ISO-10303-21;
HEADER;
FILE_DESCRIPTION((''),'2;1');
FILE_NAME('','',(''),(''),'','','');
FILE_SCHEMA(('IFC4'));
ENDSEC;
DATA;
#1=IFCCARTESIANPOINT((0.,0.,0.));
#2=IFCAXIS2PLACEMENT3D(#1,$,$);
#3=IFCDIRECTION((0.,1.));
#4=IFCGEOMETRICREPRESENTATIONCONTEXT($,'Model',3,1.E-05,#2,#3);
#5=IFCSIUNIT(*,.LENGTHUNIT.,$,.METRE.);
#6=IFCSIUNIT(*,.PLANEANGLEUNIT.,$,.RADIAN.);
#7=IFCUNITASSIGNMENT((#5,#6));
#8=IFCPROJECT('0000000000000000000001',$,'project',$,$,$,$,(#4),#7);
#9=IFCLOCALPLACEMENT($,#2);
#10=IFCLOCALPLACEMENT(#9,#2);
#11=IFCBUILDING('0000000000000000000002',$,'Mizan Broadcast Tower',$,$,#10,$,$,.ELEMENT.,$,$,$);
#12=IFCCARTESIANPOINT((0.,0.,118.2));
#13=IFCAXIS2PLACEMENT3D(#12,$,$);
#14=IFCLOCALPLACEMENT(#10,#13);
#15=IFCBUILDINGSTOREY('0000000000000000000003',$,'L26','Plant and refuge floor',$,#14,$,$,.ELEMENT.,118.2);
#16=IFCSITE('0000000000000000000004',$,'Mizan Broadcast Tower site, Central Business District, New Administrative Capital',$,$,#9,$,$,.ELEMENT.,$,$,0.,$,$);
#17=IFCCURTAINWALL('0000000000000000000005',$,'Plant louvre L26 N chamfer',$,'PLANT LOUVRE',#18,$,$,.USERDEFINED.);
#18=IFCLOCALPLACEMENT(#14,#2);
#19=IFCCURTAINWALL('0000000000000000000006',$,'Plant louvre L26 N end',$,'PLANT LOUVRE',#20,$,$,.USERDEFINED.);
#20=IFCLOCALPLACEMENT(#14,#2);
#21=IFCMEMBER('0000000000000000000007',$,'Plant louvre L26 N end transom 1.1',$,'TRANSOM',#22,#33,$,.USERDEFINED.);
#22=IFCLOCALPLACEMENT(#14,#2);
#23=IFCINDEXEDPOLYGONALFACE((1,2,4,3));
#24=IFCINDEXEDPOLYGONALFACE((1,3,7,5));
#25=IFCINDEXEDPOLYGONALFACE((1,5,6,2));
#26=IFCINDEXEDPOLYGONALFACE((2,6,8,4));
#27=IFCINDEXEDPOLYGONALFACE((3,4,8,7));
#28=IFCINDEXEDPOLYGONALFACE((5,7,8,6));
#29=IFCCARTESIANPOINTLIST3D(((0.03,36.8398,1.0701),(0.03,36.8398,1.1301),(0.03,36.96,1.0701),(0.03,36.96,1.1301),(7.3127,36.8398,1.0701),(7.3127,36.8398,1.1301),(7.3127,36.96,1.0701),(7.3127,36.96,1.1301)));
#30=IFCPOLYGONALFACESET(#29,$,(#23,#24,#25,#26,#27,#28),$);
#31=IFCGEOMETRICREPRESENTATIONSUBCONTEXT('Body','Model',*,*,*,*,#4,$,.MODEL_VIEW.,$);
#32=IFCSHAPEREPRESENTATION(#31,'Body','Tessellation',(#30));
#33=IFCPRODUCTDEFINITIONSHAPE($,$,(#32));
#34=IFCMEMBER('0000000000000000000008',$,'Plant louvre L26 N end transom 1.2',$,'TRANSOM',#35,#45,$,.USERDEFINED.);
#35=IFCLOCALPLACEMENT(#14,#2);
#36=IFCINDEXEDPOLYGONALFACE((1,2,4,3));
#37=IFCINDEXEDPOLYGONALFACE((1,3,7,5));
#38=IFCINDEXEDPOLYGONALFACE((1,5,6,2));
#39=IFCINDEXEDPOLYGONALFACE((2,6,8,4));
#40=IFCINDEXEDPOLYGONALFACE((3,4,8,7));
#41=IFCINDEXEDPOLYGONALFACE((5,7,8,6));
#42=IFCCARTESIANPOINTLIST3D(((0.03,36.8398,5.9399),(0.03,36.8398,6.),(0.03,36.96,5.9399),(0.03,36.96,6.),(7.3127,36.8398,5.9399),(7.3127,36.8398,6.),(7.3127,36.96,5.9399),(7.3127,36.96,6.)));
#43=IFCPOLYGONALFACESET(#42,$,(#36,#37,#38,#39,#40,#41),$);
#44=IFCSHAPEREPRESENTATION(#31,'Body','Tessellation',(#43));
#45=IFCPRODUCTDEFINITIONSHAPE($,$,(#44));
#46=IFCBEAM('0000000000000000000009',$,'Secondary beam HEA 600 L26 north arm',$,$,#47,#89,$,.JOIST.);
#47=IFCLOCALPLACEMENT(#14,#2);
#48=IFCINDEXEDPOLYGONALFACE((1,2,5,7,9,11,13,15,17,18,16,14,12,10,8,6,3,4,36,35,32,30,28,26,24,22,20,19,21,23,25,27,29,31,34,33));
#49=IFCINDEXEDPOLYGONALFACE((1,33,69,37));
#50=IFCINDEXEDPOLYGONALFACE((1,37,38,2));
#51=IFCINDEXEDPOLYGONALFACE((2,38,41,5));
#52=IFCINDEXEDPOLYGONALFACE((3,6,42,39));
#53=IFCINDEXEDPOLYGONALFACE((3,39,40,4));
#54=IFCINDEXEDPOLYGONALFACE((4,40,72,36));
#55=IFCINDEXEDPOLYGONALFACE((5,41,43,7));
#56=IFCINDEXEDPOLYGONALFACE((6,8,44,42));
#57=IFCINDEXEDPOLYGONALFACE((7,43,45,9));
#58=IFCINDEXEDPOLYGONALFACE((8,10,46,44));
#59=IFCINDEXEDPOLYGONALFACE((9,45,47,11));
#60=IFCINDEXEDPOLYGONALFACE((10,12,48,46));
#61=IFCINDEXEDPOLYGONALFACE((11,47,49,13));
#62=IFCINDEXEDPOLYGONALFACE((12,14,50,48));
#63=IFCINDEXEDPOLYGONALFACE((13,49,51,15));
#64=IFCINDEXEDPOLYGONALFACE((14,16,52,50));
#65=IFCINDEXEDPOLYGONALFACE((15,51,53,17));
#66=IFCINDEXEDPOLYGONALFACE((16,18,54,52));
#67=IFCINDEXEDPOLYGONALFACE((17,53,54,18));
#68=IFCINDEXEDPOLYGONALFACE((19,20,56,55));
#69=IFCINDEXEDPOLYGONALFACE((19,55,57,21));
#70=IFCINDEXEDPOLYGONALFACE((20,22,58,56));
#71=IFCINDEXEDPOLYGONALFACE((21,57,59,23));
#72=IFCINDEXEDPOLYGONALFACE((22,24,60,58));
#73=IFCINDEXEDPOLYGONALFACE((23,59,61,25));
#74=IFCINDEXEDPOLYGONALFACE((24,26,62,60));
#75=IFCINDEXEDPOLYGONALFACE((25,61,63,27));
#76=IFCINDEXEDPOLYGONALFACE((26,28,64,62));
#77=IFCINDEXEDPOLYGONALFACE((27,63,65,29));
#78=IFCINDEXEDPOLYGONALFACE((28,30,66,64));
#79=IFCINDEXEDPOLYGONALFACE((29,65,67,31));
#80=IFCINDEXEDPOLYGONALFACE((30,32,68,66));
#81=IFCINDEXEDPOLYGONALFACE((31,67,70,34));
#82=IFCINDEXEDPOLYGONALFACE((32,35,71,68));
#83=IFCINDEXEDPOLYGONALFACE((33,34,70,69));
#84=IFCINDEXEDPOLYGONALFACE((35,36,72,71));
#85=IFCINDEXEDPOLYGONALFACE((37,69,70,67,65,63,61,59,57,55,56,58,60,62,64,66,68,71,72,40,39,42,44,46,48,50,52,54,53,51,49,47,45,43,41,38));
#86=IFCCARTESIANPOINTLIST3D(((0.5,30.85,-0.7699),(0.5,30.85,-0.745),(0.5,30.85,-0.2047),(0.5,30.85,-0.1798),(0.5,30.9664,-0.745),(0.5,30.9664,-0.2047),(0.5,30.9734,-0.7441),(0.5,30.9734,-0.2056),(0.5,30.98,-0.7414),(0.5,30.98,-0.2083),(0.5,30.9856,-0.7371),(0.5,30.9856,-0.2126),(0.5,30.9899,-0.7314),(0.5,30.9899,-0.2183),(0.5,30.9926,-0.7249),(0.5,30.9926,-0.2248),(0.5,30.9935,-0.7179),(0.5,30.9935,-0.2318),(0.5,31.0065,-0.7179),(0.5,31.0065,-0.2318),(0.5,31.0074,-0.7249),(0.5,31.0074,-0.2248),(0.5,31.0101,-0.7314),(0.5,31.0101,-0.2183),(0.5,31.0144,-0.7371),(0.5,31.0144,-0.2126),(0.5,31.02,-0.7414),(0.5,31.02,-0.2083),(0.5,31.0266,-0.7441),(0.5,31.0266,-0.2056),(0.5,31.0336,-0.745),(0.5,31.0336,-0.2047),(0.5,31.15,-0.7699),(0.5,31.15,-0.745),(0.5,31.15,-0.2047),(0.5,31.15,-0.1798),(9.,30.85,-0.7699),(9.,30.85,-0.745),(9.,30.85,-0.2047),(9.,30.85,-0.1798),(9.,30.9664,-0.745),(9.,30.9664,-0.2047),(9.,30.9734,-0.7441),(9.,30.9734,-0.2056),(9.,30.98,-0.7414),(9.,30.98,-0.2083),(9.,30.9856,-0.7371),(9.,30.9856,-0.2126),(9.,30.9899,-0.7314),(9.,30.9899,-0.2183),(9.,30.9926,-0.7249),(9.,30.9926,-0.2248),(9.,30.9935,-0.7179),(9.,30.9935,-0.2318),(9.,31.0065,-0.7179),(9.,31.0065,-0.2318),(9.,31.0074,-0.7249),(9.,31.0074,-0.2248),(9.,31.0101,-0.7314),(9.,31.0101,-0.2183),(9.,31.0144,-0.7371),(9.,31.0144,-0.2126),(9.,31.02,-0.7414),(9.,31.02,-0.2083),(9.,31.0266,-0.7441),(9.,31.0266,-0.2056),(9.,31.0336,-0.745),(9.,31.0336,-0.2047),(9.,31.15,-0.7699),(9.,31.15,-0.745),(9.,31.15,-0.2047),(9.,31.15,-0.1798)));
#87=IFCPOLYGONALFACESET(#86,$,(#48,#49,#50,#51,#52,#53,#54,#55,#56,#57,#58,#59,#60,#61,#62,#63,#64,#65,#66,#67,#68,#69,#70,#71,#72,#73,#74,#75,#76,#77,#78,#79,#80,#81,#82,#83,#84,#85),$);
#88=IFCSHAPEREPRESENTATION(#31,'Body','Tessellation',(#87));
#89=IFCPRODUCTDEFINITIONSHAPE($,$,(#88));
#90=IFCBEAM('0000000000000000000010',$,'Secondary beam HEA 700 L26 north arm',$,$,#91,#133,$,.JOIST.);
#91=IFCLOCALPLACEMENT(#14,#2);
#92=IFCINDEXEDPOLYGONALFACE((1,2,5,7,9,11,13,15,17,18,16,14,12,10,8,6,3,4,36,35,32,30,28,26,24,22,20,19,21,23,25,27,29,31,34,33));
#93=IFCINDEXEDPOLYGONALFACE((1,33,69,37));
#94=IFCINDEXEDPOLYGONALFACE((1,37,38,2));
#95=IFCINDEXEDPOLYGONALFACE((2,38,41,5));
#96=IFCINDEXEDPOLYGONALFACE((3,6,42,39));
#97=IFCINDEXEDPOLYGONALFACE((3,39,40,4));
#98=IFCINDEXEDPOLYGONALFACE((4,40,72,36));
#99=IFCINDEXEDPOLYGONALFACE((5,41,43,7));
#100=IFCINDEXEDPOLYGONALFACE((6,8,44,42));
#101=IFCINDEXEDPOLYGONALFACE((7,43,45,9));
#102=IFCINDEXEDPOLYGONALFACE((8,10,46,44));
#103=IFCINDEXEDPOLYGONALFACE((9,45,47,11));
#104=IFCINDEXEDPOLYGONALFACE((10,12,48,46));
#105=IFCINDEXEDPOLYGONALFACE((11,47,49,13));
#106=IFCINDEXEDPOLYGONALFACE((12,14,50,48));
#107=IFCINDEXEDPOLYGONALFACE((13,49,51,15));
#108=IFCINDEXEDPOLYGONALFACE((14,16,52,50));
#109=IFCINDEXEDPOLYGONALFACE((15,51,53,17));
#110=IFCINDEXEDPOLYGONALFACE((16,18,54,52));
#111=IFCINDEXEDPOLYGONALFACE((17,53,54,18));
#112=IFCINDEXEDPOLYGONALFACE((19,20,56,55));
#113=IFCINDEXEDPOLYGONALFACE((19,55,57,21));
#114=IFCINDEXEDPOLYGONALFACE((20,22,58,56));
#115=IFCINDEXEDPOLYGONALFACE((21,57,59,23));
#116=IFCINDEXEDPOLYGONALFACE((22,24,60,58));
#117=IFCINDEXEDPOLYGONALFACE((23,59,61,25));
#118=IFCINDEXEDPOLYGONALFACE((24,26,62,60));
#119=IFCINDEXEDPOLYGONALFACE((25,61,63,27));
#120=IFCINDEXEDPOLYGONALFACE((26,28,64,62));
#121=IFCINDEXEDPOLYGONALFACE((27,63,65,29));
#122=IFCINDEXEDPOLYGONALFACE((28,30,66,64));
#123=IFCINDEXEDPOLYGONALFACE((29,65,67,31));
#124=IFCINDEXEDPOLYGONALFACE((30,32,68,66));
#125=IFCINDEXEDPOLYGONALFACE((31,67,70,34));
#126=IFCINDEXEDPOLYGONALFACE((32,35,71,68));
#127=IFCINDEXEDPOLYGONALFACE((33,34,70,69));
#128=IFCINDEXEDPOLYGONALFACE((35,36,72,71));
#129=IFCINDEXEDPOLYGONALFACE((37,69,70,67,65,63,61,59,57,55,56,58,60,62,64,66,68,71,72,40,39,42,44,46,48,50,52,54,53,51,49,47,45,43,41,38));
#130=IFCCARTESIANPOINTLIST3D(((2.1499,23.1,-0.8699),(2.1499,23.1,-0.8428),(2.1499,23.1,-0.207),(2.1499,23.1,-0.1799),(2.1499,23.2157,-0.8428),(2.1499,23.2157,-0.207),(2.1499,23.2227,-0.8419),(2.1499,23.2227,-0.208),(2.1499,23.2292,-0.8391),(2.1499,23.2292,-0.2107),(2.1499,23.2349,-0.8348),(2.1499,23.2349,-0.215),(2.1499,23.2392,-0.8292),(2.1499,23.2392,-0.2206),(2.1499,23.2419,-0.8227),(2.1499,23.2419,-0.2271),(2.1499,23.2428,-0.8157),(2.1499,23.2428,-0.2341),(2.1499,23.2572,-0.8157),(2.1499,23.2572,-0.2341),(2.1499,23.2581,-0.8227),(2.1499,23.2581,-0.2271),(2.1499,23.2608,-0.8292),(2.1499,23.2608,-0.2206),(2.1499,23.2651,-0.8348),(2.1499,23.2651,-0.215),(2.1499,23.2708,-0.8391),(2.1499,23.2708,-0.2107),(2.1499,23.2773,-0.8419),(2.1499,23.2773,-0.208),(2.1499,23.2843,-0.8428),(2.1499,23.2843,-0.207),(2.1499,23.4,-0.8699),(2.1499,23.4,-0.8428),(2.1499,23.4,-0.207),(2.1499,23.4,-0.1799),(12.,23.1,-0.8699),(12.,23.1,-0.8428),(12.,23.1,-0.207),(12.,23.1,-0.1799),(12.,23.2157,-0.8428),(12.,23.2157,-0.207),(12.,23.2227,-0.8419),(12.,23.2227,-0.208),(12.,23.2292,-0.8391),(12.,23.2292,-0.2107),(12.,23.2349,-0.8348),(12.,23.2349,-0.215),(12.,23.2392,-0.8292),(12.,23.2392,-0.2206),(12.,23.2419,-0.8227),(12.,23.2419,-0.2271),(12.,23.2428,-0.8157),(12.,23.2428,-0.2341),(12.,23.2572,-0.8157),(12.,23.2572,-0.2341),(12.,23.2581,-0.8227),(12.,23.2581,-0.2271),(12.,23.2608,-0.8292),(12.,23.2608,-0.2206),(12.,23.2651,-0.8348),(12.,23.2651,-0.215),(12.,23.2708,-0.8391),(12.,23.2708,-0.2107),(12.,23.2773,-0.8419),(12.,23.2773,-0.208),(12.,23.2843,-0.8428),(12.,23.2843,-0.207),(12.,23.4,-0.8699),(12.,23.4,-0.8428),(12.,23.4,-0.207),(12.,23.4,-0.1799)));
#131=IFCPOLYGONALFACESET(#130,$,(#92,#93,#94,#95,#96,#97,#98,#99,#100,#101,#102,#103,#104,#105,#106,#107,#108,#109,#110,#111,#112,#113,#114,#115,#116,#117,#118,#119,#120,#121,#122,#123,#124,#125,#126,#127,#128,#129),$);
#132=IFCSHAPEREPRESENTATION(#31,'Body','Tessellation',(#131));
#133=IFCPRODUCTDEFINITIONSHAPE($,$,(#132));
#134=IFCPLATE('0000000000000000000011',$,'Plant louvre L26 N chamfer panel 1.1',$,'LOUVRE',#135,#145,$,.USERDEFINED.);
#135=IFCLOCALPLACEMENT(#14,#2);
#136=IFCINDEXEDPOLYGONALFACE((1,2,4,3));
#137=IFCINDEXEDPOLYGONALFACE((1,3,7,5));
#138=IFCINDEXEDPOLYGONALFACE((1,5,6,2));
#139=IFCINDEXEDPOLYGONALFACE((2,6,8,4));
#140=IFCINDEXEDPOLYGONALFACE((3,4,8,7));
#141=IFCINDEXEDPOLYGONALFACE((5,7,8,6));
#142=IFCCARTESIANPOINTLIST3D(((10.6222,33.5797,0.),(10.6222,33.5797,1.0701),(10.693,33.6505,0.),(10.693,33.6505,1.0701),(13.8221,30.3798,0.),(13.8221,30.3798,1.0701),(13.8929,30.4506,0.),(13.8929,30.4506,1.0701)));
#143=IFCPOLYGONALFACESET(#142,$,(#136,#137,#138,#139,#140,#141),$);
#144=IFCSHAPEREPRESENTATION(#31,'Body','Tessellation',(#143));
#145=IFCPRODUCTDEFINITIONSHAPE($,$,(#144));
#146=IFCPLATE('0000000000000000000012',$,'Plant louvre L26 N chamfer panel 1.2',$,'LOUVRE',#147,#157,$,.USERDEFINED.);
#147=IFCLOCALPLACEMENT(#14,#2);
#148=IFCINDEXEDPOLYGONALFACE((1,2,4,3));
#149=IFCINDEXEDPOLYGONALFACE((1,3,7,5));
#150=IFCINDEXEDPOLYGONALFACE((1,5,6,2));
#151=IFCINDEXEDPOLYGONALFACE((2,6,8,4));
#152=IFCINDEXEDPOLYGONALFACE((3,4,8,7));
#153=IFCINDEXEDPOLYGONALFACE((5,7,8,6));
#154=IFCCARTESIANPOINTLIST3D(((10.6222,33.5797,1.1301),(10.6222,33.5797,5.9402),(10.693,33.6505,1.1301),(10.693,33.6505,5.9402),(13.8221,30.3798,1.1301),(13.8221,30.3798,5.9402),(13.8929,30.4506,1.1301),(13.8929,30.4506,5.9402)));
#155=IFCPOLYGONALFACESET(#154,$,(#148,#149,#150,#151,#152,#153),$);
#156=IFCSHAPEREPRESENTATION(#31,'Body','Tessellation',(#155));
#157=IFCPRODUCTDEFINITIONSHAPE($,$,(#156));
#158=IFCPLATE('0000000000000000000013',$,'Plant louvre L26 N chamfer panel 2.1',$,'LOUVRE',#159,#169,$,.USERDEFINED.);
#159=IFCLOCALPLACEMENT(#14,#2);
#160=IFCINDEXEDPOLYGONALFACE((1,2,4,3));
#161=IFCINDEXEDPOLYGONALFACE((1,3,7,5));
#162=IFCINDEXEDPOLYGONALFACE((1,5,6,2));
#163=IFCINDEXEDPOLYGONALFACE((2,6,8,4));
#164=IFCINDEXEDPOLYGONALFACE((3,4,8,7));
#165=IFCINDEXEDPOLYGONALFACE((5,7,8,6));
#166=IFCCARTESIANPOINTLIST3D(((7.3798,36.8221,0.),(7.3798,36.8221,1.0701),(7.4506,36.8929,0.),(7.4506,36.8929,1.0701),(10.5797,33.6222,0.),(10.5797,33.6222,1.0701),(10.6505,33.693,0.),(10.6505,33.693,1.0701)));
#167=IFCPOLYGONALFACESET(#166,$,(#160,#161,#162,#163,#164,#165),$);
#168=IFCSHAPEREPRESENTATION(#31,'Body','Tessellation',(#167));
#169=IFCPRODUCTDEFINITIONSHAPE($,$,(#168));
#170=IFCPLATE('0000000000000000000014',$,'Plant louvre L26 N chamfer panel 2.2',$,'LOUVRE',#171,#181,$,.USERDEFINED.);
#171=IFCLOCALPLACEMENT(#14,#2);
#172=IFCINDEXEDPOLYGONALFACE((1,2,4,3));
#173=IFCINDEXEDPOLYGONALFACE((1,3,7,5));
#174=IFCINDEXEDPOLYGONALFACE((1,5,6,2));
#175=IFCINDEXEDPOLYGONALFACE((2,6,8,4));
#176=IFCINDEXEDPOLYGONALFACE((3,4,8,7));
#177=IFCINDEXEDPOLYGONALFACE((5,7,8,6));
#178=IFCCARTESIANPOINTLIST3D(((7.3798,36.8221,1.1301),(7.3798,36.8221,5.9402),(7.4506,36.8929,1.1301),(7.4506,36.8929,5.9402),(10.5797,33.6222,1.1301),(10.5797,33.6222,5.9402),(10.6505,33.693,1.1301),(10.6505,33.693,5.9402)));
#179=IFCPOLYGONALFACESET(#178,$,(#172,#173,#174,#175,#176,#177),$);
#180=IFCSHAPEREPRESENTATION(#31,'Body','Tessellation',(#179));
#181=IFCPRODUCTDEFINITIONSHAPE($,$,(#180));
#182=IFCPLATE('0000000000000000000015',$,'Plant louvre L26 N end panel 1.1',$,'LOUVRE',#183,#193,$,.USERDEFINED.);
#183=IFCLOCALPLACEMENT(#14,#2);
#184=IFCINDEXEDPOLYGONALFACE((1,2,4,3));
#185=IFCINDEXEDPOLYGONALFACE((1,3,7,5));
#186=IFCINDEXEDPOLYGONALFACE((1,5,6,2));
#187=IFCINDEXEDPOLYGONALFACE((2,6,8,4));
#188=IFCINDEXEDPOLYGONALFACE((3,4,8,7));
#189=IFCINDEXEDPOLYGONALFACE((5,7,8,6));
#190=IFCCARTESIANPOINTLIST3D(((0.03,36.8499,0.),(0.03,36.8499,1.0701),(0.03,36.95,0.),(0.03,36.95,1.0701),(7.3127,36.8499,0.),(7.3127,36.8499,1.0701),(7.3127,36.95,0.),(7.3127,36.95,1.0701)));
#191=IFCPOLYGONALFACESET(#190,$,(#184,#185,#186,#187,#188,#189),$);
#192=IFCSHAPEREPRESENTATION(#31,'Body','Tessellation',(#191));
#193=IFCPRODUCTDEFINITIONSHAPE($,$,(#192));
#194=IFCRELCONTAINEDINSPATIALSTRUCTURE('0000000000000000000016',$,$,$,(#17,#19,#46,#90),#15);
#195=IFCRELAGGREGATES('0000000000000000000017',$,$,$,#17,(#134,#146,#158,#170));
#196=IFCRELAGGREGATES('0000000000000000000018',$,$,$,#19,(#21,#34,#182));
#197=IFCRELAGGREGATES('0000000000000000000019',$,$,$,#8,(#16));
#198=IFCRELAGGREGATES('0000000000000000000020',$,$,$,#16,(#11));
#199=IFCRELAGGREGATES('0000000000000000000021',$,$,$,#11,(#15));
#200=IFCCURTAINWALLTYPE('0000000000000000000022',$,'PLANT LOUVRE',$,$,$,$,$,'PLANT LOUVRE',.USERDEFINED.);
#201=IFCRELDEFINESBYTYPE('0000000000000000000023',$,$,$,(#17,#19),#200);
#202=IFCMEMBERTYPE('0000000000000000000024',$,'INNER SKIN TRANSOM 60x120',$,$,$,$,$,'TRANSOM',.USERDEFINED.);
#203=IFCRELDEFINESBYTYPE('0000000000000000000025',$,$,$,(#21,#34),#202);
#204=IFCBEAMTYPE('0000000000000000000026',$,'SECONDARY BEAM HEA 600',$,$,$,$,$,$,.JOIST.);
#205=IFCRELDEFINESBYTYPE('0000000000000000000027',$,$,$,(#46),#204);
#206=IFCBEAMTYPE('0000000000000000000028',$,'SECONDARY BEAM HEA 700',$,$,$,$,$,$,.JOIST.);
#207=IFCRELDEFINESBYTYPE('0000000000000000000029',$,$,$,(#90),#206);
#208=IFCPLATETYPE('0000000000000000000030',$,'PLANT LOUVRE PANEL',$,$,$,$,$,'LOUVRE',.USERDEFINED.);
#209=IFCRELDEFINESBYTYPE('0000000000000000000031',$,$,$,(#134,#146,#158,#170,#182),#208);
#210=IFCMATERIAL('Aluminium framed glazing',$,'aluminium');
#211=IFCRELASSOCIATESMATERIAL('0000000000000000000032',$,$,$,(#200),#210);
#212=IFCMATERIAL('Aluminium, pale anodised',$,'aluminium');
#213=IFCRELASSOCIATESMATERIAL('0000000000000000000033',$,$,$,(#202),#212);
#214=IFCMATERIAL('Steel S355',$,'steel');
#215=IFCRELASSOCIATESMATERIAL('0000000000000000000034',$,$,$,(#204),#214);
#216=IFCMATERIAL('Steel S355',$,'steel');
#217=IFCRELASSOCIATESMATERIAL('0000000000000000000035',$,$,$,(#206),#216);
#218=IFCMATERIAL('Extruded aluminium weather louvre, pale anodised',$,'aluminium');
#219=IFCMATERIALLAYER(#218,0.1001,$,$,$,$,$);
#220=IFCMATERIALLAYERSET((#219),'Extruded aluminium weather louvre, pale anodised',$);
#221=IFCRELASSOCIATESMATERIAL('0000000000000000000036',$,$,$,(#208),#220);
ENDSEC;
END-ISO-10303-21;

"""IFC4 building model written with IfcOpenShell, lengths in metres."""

from ifc_helpers import new_model, si_unit, direction, frame, origin, origin_2d, place, context, subcontext, project, spatial, rectangle, i_section, extrude, material, layer, layer_set, material_profile, profile_set, type_object, element, aggregate, save


model = new_model("IFC4")

# Units and contexts
model_context = context("Model", 3, precision=1e-05, world=origin(), true_north=direction((0.0, 1.0)))
body_context = subcontext(model_context, "Body", "Model", "MODEL_VIEW")
ifc_project = project(units=[si_unit("LENGTHUNIT", "METRE"), si_unit("PLANEANGLEUNIT", "RADIAN")], contexts=[model_context])

# Site, building, storey
site_placement = place(None, origin())
site = spatial("IfcSite", under=ifc_project, at=site_placement, Name="Mizan Broadcast Tower site, Central Business District, New Administrative Capital", CompositionType="ELEMENT", RefElevation=0.0)
building_placement = place(site_placement, origin())
building = spatial("IfcBuilding", under=site, at=building_placement, Name="Mizan Broadcast Tower", CompositionType="ELEMENT")
storey_placement = place(building_placement, frame((0.0, 0.0, 118.2)))
storey = spatial("IfcBuildingStorey", under=building, at=storey_placement, Name="L26", Description="Plant and refuge floor", CompositionType="ELEMENT", Elevation=118.2)

# Shared definitions
ifc_material_1 = material(Name="Aluminium framed glazing", Category="aluminium")
curtain_wall_type = type_object("IfcCurtainWallType", Name="PLANT LOUVRE", ElementType="PLANT LOUVRE", PredefinedType="USERDEFINED", material=ifc_material_1)

# Curtain wall
curtain_wall_1_placement = place(storey_placement, origin())
curtain_wall_1 = element("IfcCurtainWall", 1, at=curtain_wall_1_placement, inside=storey, type_object=curtain_wall_type, Name="Plant louvre L26 N chamfer", ObjectType="PLANT LOUVRE", PredefinedType="USERDEFINED")

# Curtain wall
curtain_wall_2_placement = place(storey_placement, origin())
curtain_wall_2 = element("IfcCurtainWall", 2, at=curtain_wall_2_placement, inside=storey, type_object=curtain_wall_type, Name="Plant louvre L26 N end", ObjectType="PLANT LOUVRE", PredefinedType="USERDEFINED")

# Members
ifc_material_2 = material(Name="Aluminium, pale anodised", Category="aluminium")
ifc_material_profile_1 = material_profile(ifc_material_2, rectangle(XDim=0.1201, YDim=0.0601, at=origin_2d()), Name="TRANSOM 120x60")
ifc_profile_set_1 = profile_set([ifc_material_profile_1], Name="Aluminium, pale anodised")
member_type_1 = type_object("IfcMemberType", Name="INNER SKIN TRANSOM 60x120", ElementType="TRANSOM", PredefinedType="USERDEFINED", material=ifc_profile_set_1)
member_1_placement = place(storey_placement, frame((7.3127, 36.8999, 1.1001), z_axis=(-1.0, 0.0, 0.0), x_axis=(0.0, -1.0, 0.0)))
member_1 = element("IfcMember", 3, at=member_1_placement, type_object=member_type_1, Name="Plant louvre L26 N end transom 1.1", ObjectType="TRANSOM", PredefinedType="USERDEFINED", context=body_context, shape_type="SweptSolid", body=[
    extrude(rectangle(XDim=0.1201, YDim=0.0601, at=origin_2d()), origin(), (0.0, 0.0, 1.0), 7.2827),
])
member_2_placement = place(storey_placement, frame((7.3127, 36.8999, 5.97), z_axis=(-1.0, 0.0, 0.0), x_axis=(0.0, -1.0, 0.0)))
member_2 = element("IfcMember", 4, at=member_2_placement, type_object=member_type_1, Name="Plant louvre L26 N end transom 1.2", ObjectType="TRANSOM", PredefinedType="USERDEFINED", context=body_context, shape_type="SweptSolid", body=[
    extrude(rectangle(XDim=0.1201, YDim=0.0601, at=origin_2d()), origin(), (0.0, 0.0, 1.0), 7.2827),
])

# Beams
ifc_material_3 = material(Name="Steel S355", Category="steel")
ifc_material_profile_2 = material_profile(ifc_material_3, i_section(OverallWidth=0.3, OverallDepth=0.5901, WebThickness=0.0129, FlangeThickness=0.0249, FilletRadius=0.0271, at=origin_2d()), Name="HEA 600")
ifc_profile_set_2 = profile_set([ifc_material_profile_2], Name="Steel S355")
beam_type_1 = type_object("IfcBeamType", Name="SECONDARY BEAM HEA 600", PredefinedType="JOIST", material=ifc_profile_set_2)
beam_1_placement = place(storey_placement, frame((9.0, 31.0, -0.4749), z_axis=(-1.0, 0.0, 0.0), x_axis=(0.0, -1.0, 0.0)))
element("IfcBeam", 5, at=beam_1_placement, inside=storey, type_object=beam_type_1, Name="Secondary beam HEA 600 L26 north arm", PredefinedType="JOIST", context=body_context, shape_type="SweptSolid", body=[
    extrude(i_section(OverallWidth=0.3, OverallDepth=0.5901, WebThickness=0.0129, FlangeThickness=0.0249, FilletRadius=0.0271, at=origin_2d()), origin(), (0.0, 0.0, 1.0), 8.5),
])
ifc_material_4 = material(Name="Steel S355", Category="steel")
ifc_material_profile_3 = material_profile(ifc_material_4, i_section(OverallWidth=0.3, OverallDepth=0.6899, WebThickness=0.0144, FlangeThickness=0.0271, FilletRadius=0.0271, at=origin_2d()), Name="HEA 700")
ifc_profile_set_3 = profile_set([ifc_material_profile_3], Name="Steel S355")
beam_type_2 = type_object("IfcBeamType", Name="SECONDARY BEAM HEA 700", PredefinedType="JOIST", material=ifc_profile_set_3)
beam_2_placement = place(storey_placement, frame((12.0, 23.25, -0.5249), z_axis=(-1.0, 0.0, 0.0), x_axis=(0.0, -1.0, 0.0)))
element("IfcBeam", 6, at=beam_2_placement, inside=storey, type_object=beam_type_2, Name="Secondary beam HEA 700 L26 north arm", PredefinedType="JOIST", context=body_context, shape_type="SweptSolid", body=[
    extrude(i_section(OverallWidth=0.3, OverallDepth=0.6899, WebThickness=0.0144, FlangeThickness=0.0271, FilletRadius=0.0271, at=origin_2d()), origin(), (0.0, 0.0, 1.0), 9.8501),
])

# Plates
ifc_material_5 = material(Name="Extruded aluminium weather louvre, pale anodised", Category="aluminium")
ifc_layer = layer(ifc_material_5, 0.1001)
ifc_layer_set = layer_set([ifc_layer], Name="Extruded aluminium weather louvre, pale anodised")
plate_type = type_object("IfcPlateType", Name="PLANT LOUVRE PANEL", ElementType="LOUVRE", PredefinedType="USERDEFINED", material=ifc_layer_set)
plate_1_placement = place(storey_placement, frame((12.2576, 32.0151, 0.0), z_axis=(0.0, 0.0, 1.0), x_axis=(-0.707107, 0.707107, 0.0)))
plate_1 = element("IfcPlate", 7, at=plate_1_placement, type_object=plate_type, Name="Plant louvre L26 N chamfer panel 1.1", ObjectType="LOUVRE", PredefinedType="USERDEFINED", context=body_context, shape_type="SweptSolid", body=[
    extrude(rectangle(XDim=4.5254, YDim=0.1001, at=origin_2d()), origin(), (0.0, 0.0, 1.0), 1.0701),
])
plate_2_placement = place(storey_placement, frame((12.2576, 32.0151, 1.1301), z_axis=(0.0, 0.0, 1.0), x_axis=(-0.707107, 0.707107, 0.0)))
plate_2 = element("IfcPlate", 8, at=plate_2_placement, type_object=plate_type, Name="Plant louvre L26 N chamfer panel 1.2", ObjectType="LOUVRE", PredefinedType="USERDEFINED", context=body_context, shape_type="SweptSolid", body=[
    extrude(rectangle(XDim=4.5254, YDim=0.1001, at=origin_2d()), origin(), (0.0, 0.0, 1.0), 4.8101),
])
plate_3_placement = place(storey_placement, frame((9.0151, 35.2576, 0.0), z_axis=(0.0, 0.0, 1.0), x_axis=(-0.707107, 0.707107, 0.0)))
plate_3 = element("IfcPlate", 9, at=plate_3_placement, type_object=plate_type, Name="Plant louvre L26 N chamfer panel 2.1", ObjectType="LOUVRE", PredefinedType="USERDEFINED", context=body_context, shape_type="SweptSolid", body=[
    extrude(rectangle(XDim=4.5254, YDim=0.1001, at=origin_2d()), origin(), (0.0, 0.0, 1.0), 1.0701),
])
plate_4_placement = place(storey_placement, frame((9.0151, 35.2576, 1.1301), z_axis=(0.0, 0.0, 1.0), x_axis=(-0.707107, 0.707107, 0.0)))
plate_4 = element("IfcPlate", 10, at=plate_4_placement, type_object=plate_type, Name="Plant louvre L26 N chamfer panel 2.2", ObjectType="LOUVRE", PredefinedType="USERDEFINED", context=body_context, shape_type="SweptSolid", body=[
    extrude(rectangle(XDim=4.5254, YDim=0.1001, at=origin_2d()), origin(), (0.0, 0.0, 1.0), 4.8101),
])
aggregate(curtain_wall_1, [plate_1, plate_2, plate_3, plate_4])
plate_5_placement = place(storey_placement, frame((3.6714, 36.8999, 0.0), z_axis=(0.0, 0.0, 1.0), x_axis=(-1.0, 0.0, 0.0)))
plate_5 = element("IfcPlate", 11, at=plate_5_placement, type_object=plate_type, Name="Plant louvre L26 N end panel 1.1", ObjectType="LOUVRE", PredefinedType="USERDEFINED", context=body_context, shape_type="SweptSolid", body=[
    extrude(rectangle(XDim=7.2827, YDim=0.1001, at=origin_2d()), origin(), (0.0, 0.0, 1.0), 1.0701),
])
aggregate(curtain_wall_2, [member_1, member_2, plate_5])

save(model, "model.ifc")
